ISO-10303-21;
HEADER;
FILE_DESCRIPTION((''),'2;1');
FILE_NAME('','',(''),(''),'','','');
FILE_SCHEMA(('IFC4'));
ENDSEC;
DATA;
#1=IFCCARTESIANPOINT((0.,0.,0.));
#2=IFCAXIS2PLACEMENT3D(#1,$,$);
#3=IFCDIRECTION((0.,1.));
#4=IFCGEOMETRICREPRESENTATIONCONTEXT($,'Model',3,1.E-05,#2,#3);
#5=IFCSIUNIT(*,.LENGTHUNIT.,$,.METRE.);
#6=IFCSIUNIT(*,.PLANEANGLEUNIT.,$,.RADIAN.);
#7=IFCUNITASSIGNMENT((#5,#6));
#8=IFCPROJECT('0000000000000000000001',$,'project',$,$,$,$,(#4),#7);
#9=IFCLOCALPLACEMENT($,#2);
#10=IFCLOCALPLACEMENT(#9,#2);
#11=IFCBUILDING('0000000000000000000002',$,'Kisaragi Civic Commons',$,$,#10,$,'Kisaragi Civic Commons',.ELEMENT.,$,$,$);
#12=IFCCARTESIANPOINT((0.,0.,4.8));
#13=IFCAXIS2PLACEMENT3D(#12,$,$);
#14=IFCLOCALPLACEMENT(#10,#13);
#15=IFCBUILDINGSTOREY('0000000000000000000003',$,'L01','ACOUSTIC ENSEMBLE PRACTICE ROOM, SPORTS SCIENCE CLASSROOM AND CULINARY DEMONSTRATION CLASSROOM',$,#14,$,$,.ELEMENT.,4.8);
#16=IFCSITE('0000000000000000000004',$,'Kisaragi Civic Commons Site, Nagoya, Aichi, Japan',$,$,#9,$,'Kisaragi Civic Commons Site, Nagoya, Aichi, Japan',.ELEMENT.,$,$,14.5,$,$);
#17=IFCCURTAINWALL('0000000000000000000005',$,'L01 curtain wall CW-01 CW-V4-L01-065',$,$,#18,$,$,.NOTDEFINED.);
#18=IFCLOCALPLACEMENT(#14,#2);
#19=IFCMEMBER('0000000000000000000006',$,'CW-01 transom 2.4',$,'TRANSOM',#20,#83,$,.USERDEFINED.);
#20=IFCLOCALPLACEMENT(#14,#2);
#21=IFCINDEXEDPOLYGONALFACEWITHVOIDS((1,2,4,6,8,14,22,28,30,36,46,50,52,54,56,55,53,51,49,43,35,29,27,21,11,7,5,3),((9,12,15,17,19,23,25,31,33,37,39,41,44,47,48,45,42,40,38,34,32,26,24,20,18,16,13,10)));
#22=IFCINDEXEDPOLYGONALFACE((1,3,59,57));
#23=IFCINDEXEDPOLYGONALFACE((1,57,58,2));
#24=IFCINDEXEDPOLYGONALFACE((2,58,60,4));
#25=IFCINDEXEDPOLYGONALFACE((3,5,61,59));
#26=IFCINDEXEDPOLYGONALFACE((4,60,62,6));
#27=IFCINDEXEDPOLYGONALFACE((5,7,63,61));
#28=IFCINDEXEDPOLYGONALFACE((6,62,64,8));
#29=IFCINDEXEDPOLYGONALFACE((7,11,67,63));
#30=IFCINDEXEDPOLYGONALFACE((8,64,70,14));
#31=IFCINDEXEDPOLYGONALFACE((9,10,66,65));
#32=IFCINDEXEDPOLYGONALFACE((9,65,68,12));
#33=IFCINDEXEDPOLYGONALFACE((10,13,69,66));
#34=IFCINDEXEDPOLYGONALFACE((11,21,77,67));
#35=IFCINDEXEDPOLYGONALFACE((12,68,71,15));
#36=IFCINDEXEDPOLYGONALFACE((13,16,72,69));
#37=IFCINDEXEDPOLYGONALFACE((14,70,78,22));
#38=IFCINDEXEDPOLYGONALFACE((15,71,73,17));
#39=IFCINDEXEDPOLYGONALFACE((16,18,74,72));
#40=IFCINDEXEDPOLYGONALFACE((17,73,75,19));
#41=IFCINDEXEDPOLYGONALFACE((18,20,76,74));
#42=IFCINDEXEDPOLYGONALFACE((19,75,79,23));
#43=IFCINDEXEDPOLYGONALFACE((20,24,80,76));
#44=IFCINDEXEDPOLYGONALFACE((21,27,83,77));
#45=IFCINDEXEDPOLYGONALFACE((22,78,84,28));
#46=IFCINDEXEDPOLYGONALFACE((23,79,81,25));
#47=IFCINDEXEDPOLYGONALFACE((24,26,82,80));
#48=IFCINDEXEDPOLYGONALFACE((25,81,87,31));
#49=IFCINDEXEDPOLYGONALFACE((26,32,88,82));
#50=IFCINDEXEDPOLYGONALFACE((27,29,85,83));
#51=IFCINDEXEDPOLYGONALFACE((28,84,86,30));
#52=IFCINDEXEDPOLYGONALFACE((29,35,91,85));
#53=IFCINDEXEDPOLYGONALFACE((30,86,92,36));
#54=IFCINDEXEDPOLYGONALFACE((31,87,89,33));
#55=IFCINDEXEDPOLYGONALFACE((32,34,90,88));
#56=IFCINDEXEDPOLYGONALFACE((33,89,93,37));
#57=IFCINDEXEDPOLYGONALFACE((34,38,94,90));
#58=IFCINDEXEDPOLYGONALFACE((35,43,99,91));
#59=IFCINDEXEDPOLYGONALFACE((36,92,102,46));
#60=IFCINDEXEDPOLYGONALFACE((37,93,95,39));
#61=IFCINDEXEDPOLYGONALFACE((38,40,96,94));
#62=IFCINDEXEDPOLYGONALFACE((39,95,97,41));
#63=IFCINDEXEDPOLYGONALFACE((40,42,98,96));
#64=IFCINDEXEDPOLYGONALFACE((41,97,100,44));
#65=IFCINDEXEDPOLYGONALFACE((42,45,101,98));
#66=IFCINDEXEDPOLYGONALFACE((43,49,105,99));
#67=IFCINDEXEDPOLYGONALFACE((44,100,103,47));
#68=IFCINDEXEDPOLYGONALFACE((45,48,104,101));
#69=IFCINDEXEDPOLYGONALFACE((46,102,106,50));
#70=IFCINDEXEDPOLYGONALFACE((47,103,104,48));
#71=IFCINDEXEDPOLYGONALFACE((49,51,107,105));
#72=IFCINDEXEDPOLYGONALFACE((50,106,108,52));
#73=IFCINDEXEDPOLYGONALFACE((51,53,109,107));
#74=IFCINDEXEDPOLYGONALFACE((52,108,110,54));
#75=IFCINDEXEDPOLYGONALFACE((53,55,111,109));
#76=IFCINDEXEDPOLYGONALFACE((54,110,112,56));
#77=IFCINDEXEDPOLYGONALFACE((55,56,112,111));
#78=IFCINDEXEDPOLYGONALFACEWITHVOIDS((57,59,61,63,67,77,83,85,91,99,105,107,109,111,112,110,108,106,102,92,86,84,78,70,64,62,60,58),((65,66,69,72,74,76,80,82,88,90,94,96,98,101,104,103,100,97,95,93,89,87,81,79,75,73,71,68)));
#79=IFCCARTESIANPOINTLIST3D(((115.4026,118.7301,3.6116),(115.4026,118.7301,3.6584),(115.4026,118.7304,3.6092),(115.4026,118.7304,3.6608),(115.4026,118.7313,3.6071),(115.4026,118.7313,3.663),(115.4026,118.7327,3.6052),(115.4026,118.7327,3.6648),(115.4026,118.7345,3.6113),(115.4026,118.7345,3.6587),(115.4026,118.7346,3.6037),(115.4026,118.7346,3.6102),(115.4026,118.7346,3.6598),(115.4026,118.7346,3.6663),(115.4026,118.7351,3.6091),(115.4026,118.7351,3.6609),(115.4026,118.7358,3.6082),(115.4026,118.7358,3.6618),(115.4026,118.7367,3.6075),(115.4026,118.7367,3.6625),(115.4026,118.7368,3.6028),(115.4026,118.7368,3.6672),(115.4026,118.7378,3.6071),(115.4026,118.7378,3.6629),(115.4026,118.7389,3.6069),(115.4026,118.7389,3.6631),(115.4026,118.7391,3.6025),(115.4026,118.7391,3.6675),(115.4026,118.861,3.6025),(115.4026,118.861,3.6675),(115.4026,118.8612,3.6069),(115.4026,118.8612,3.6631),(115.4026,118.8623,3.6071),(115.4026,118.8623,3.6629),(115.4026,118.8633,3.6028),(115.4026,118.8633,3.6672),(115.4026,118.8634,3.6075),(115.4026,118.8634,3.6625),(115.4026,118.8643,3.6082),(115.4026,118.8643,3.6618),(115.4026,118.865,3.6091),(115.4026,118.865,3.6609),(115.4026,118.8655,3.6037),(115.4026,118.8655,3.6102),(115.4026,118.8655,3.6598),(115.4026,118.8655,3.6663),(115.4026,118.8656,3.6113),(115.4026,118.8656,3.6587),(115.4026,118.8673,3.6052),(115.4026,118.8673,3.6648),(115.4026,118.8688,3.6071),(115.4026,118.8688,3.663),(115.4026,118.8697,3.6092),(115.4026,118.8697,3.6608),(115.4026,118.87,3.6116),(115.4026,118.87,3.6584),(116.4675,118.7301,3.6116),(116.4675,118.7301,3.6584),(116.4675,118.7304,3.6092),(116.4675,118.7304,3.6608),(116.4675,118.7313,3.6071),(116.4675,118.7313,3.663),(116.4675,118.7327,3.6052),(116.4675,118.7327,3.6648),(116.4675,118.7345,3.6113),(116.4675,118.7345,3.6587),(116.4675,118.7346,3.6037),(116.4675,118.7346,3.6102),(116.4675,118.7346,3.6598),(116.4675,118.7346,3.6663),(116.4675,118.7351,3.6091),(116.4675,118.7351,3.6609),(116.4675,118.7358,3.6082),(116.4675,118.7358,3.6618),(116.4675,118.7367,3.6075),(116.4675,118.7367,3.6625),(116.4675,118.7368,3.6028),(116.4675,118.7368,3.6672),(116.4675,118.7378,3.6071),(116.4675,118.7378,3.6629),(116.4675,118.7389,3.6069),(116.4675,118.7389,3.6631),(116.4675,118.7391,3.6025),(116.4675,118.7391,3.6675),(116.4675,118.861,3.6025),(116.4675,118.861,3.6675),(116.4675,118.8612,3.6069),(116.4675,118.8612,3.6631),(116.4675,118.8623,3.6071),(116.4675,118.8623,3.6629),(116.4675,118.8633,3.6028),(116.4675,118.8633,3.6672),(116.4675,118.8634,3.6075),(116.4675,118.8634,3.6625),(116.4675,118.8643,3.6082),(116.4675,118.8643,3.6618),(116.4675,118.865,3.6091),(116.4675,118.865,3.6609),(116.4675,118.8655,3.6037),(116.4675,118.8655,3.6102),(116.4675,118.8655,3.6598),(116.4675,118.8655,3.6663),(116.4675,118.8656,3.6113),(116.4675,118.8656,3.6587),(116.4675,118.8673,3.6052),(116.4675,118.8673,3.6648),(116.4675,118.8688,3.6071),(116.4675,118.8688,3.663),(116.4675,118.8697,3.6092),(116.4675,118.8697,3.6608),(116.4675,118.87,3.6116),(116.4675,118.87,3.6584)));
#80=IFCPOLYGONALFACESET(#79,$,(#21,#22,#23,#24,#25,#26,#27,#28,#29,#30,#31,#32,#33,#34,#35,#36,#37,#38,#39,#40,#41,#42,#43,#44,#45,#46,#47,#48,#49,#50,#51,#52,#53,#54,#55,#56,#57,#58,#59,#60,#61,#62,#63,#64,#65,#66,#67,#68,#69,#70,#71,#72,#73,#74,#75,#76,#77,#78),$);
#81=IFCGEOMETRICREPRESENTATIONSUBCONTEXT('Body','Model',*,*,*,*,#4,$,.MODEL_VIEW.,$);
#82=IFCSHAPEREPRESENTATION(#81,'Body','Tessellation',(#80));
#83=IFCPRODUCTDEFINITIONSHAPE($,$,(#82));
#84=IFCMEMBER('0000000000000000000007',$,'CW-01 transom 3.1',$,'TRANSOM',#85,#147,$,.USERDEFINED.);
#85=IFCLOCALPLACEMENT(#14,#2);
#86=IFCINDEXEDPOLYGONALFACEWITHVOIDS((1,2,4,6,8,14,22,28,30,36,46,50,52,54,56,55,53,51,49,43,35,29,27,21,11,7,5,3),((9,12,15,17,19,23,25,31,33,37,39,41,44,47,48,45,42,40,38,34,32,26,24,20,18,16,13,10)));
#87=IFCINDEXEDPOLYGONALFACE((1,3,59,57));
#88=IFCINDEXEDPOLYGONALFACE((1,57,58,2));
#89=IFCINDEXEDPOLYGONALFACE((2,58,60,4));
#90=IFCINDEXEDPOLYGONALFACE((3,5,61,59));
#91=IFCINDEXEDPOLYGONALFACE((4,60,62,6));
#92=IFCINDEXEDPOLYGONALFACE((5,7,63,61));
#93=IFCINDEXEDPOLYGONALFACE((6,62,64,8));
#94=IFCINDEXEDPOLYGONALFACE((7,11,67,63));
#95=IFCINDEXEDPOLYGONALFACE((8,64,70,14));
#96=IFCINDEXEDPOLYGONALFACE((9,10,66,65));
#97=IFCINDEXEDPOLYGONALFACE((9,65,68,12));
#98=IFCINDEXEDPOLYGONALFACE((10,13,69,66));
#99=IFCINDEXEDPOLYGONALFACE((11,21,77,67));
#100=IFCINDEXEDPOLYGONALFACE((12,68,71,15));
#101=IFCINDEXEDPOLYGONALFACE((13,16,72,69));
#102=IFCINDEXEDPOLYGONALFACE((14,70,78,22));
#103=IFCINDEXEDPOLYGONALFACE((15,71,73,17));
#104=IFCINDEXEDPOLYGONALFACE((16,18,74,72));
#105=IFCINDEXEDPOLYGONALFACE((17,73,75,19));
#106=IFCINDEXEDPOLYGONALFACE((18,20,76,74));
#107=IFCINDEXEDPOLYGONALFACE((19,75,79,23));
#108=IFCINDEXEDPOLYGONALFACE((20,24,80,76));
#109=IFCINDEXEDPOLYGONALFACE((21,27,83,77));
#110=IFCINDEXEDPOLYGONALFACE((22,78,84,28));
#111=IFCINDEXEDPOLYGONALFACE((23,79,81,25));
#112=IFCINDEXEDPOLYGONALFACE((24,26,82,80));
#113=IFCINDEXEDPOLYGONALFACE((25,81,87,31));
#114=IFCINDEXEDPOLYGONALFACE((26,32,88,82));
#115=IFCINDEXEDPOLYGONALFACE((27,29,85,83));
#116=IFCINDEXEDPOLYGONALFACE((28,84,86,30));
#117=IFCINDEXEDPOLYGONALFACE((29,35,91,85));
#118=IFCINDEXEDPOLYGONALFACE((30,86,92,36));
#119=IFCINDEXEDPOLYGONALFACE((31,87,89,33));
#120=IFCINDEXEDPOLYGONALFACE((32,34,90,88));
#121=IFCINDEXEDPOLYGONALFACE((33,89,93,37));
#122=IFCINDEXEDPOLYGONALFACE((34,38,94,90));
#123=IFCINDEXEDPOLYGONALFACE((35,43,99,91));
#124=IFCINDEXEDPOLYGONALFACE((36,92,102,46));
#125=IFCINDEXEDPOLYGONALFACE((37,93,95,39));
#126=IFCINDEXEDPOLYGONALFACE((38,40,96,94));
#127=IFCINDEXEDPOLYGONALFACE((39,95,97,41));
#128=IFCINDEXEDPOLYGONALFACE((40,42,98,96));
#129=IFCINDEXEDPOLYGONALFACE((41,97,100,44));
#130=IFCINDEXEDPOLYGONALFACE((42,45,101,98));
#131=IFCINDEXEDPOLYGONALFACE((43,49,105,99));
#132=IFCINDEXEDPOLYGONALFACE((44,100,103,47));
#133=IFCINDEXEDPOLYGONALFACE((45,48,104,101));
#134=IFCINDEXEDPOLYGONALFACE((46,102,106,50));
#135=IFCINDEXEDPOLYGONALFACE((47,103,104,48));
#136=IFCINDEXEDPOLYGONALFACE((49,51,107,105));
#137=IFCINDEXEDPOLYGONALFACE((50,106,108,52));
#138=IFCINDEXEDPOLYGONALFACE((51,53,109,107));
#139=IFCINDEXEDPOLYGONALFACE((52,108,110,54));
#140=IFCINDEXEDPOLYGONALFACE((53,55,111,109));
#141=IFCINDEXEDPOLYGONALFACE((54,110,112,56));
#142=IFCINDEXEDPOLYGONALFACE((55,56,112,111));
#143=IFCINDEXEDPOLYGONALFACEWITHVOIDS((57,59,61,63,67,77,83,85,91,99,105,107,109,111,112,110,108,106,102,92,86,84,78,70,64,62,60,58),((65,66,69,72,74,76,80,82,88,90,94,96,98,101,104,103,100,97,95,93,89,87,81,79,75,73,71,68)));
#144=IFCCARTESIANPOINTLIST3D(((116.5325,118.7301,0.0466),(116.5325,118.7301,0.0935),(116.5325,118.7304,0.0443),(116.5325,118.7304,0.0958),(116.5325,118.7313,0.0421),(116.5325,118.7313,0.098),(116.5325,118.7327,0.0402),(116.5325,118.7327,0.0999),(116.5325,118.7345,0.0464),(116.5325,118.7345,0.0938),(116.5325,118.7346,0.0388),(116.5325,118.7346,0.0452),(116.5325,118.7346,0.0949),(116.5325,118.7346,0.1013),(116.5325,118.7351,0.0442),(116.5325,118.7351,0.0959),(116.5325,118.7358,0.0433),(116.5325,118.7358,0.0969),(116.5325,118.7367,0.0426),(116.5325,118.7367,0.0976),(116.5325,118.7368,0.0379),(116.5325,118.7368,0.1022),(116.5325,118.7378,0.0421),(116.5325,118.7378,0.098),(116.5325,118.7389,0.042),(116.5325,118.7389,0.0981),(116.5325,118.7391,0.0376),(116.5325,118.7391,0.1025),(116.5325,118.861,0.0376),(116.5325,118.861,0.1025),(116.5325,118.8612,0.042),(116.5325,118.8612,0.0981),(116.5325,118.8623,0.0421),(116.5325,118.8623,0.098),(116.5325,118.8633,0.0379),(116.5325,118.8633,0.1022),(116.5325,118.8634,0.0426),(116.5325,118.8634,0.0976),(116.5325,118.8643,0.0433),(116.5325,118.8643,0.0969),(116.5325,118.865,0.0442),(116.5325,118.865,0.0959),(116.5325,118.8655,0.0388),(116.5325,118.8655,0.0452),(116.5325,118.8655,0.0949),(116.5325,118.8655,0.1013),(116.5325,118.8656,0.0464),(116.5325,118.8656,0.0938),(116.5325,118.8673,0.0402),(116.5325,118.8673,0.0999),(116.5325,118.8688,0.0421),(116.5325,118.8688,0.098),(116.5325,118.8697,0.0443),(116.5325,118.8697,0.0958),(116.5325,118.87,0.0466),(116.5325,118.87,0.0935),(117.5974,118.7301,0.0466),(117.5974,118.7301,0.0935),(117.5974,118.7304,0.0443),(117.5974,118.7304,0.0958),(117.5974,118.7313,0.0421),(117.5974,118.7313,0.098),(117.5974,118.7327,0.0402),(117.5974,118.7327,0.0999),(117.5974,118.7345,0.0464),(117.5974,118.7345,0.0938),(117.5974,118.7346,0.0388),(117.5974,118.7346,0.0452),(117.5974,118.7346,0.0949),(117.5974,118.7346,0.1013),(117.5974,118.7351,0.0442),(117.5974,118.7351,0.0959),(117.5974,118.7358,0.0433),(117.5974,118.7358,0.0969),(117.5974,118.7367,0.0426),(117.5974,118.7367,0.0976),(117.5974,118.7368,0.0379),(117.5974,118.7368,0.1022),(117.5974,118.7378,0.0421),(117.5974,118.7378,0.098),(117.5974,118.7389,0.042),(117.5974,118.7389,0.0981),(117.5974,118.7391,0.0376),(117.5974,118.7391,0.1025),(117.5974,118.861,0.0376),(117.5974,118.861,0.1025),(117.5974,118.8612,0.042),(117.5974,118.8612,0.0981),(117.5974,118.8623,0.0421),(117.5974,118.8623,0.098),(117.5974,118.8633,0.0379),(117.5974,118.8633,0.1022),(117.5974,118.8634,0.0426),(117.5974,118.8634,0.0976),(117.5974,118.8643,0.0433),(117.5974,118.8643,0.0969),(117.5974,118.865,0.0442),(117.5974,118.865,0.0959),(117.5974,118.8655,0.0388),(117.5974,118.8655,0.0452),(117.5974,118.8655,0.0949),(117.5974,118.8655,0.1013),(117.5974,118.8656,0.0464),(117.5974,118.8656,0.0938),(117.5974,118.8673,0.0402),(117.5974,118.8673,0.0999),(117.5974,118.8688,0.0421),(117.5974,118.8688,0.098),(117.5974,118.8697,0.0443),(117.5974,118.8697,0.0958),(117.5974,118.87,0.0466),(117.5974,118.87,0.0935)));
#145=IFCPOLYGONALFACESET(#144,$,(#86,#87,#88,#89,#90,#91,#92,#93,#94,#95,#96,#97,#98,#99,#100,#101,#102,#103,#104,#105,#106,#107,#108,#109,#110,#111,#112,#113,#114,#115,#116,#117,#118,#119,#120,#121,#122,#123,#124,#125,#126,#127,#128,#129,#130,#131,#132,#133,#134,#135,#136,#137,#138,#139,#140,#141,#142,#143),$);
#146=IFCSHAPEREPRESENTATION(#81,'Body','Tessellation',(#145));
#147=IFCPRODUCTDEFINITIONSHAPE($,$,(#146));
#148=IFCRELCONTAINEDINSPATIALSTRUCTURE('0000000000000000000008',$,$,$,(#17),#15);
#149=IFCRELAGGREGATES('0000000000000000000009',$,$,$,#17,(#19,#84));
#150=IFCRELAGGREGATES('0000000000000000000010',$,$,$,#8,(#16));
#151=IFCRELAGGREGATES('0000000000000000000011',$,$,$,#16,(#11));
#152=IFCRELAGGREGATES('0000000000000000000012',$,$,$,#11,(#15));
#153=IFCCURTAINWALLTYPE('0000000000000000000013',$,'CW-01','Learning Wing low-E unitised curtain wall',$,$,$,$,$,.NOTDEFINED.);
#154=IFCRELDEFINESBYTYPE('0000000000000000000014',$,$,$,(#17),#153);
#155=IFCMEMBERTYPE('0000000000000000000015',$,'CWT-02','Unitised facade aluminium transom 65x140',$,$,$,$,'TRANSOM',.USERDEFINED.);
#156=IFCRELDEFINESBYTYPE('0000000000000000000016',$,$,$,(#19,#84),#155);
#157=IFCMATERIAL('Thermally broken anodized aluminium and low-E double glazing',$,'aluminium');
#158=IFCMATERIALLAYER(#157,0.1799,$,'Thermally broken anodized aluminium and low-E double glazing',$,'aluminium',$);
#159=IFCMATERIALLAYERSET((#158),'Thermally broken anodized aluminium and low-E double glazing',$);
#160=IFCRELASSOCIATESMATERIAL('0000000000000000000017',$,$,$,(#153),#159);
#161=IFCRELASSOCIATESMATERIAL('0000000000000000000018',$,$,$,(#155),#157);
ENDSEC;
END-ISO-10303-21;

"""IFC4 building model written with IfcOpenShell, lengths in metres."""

from ifc_helpers import new_model, si_unit, direction, frame, origin, origin_2d, place, context, subcontext, project, spatial, hollow_rectangle, extrude, material, layer, layer_set, material_profile, profile_set, type_object, element, aggregate, save


model = new_model("IFC4")

# Units and contexts
model_context = context("Model", 3, precision=1e-05, world=origin(), true_north=direction((0.0, 1.0)))
body_context = subcontext(model_context, "Body", "Model", "MODEL_VIEW")
ifc_project = project(units=[si_unit("LENGTHUNIT", "METRE"), si_unit("PLANEANGLEUNIT", "RADIAN")], contexts=[model_context])

# Site, building, storey
site_placement = place(None, origin())
site = spatial("IfcSite", under=ifc_project, at=site_placement, Name="Kisaragi Civic Commons Site, Nagoya, Aichi, Japan", LongName="Kisaragi Civic Commons Site, Nagoya, Aichi, Japan", CompositionType="ELEMENT", RefElevation=14.5)
building_placement = place(site_placement, origin())
building = spatial("IfcBuilding", under=site, at=building_placement, Name="Kisaragi Civic Commons", LongName="Kisaragi Civic Commons", CompositionType="ELEMENT")
storey_placement = place(building_placement, frame((0.0, 0.0, 4.8)))
storey = spatial("IfcBuildingStorey", under=building, at=storey_placement, Name="L01", Description="ACOUSTIC ENSEMBLE PRACTICE ROOM, SPORTS SCIENCE CLASSROOM AND CULINARY DEMONSTRATION CLASSROOM", CompositionType="ELEMENT", Elevation=4.8)

# Curtain wall, members
ifc_material_1 = material(Name="Thermally broken anodized aluminium and low-E double glazing", Category="aluminium")
ifc_layer_1 = layer(ifc_material_1, 0.1799, Name="Thermally broken anodized aluminium and low-E double glazing", Category="aluminium")
ifc_layer_set_1 = layer_set([ifc_layer_1], Name="Thermally broken anodized aluminium and low-E double glazing")
curtain_wall_type = type_object("IfcCurtainWallType", Name="CW-01", Description="Learning Wing low-E unitised curtain wall", PredefinedType="NOTDEFINED", material=ifc_layer_set_1)
curtain_wall_placement = place(storey_placement, origin())
curtain_wall = element("IfcCurtainWall", 1, at=curtain_wall_placement, inside=storey, type_object=curtain_wall_type, Name="L01 curtain wall CW-01 CW-V4-L01-065", PredefinedType="NOTDEFINED")
ifc_material_profile_1 = material_profile(ifc_material_1, hollow_rectangle(XDim=0.1399, YDim=0.0649, WallThickness=0.0044, InnerFilletRadius=0.0044, OuterFilletRadius=0.009, at=origin_2d()), Name="CWT-65x140x4.5", Category="aluminium")
ifc_profile_set_1 = profile_set([ifc_material_profile_1], Name="Thermally broken anodized aluminium and low-E double glazing")
member_type_1 = type_object("IfcMemberType", Name="CWT-02", Description="Unitised facade aluminium transom 65x140", ElementType="TRANSOM", PredefinedType="USERDEFINED", material=ifc_profile_set_1)
member_1_placement = place(storey_placement, frame((115.4026, 118.8, 3.635), z_axis=(1.0, 0.0, 0.0), x_axis=(0.0, 1.0, 0.0)))
member_1 = element("IfcMember", 2, at=member_1_placement, type_object=member_type_1, Name="CW-01 transom 2.4", ObjectType="TRANSOM", PredefinedType="USERDEFINED", context=body_context, shape_type="SweptSolid", body=[
    extrude(hollow_rectangle(XDim=0.1399, YDim=0.0649, WallThickness=0.0044, InnerFilletRadius=0.0044, OuterFilletRadius=0.009, at=origin_2d()), origin(), (0.0, 0.0, 1.0), 1.0649),
])
member_2_placement = place(storey_placement, frame((116.5325, 118.8, 0.0701), z_axis=(1.0, 0.0, 0.0), x_axis=(0.0, 1.0, 0.0)))
member_2 = element("IfcMember", 3, at=member_2_placement, type_object=member_type_1, Name="CW-01 transom 3.1", ObjectType="TRANSOM", PredefinedType="USERDEFINED", context=body_context, shape_type="SweptSolid", body=[
    extrude(hollow_rectangle(XDim=0.1399, YDim=0.0649, WallThickness=0.0044, InnerFilletRadius=0.0044, OuterFilletRadius=0.009, at=origin_2d()), origin(), (0.0, 0.0, 1.0), 1.0649),
])
aggregate(curtain_wall, [member_1, member_2])

save(model, "model.ifc")
